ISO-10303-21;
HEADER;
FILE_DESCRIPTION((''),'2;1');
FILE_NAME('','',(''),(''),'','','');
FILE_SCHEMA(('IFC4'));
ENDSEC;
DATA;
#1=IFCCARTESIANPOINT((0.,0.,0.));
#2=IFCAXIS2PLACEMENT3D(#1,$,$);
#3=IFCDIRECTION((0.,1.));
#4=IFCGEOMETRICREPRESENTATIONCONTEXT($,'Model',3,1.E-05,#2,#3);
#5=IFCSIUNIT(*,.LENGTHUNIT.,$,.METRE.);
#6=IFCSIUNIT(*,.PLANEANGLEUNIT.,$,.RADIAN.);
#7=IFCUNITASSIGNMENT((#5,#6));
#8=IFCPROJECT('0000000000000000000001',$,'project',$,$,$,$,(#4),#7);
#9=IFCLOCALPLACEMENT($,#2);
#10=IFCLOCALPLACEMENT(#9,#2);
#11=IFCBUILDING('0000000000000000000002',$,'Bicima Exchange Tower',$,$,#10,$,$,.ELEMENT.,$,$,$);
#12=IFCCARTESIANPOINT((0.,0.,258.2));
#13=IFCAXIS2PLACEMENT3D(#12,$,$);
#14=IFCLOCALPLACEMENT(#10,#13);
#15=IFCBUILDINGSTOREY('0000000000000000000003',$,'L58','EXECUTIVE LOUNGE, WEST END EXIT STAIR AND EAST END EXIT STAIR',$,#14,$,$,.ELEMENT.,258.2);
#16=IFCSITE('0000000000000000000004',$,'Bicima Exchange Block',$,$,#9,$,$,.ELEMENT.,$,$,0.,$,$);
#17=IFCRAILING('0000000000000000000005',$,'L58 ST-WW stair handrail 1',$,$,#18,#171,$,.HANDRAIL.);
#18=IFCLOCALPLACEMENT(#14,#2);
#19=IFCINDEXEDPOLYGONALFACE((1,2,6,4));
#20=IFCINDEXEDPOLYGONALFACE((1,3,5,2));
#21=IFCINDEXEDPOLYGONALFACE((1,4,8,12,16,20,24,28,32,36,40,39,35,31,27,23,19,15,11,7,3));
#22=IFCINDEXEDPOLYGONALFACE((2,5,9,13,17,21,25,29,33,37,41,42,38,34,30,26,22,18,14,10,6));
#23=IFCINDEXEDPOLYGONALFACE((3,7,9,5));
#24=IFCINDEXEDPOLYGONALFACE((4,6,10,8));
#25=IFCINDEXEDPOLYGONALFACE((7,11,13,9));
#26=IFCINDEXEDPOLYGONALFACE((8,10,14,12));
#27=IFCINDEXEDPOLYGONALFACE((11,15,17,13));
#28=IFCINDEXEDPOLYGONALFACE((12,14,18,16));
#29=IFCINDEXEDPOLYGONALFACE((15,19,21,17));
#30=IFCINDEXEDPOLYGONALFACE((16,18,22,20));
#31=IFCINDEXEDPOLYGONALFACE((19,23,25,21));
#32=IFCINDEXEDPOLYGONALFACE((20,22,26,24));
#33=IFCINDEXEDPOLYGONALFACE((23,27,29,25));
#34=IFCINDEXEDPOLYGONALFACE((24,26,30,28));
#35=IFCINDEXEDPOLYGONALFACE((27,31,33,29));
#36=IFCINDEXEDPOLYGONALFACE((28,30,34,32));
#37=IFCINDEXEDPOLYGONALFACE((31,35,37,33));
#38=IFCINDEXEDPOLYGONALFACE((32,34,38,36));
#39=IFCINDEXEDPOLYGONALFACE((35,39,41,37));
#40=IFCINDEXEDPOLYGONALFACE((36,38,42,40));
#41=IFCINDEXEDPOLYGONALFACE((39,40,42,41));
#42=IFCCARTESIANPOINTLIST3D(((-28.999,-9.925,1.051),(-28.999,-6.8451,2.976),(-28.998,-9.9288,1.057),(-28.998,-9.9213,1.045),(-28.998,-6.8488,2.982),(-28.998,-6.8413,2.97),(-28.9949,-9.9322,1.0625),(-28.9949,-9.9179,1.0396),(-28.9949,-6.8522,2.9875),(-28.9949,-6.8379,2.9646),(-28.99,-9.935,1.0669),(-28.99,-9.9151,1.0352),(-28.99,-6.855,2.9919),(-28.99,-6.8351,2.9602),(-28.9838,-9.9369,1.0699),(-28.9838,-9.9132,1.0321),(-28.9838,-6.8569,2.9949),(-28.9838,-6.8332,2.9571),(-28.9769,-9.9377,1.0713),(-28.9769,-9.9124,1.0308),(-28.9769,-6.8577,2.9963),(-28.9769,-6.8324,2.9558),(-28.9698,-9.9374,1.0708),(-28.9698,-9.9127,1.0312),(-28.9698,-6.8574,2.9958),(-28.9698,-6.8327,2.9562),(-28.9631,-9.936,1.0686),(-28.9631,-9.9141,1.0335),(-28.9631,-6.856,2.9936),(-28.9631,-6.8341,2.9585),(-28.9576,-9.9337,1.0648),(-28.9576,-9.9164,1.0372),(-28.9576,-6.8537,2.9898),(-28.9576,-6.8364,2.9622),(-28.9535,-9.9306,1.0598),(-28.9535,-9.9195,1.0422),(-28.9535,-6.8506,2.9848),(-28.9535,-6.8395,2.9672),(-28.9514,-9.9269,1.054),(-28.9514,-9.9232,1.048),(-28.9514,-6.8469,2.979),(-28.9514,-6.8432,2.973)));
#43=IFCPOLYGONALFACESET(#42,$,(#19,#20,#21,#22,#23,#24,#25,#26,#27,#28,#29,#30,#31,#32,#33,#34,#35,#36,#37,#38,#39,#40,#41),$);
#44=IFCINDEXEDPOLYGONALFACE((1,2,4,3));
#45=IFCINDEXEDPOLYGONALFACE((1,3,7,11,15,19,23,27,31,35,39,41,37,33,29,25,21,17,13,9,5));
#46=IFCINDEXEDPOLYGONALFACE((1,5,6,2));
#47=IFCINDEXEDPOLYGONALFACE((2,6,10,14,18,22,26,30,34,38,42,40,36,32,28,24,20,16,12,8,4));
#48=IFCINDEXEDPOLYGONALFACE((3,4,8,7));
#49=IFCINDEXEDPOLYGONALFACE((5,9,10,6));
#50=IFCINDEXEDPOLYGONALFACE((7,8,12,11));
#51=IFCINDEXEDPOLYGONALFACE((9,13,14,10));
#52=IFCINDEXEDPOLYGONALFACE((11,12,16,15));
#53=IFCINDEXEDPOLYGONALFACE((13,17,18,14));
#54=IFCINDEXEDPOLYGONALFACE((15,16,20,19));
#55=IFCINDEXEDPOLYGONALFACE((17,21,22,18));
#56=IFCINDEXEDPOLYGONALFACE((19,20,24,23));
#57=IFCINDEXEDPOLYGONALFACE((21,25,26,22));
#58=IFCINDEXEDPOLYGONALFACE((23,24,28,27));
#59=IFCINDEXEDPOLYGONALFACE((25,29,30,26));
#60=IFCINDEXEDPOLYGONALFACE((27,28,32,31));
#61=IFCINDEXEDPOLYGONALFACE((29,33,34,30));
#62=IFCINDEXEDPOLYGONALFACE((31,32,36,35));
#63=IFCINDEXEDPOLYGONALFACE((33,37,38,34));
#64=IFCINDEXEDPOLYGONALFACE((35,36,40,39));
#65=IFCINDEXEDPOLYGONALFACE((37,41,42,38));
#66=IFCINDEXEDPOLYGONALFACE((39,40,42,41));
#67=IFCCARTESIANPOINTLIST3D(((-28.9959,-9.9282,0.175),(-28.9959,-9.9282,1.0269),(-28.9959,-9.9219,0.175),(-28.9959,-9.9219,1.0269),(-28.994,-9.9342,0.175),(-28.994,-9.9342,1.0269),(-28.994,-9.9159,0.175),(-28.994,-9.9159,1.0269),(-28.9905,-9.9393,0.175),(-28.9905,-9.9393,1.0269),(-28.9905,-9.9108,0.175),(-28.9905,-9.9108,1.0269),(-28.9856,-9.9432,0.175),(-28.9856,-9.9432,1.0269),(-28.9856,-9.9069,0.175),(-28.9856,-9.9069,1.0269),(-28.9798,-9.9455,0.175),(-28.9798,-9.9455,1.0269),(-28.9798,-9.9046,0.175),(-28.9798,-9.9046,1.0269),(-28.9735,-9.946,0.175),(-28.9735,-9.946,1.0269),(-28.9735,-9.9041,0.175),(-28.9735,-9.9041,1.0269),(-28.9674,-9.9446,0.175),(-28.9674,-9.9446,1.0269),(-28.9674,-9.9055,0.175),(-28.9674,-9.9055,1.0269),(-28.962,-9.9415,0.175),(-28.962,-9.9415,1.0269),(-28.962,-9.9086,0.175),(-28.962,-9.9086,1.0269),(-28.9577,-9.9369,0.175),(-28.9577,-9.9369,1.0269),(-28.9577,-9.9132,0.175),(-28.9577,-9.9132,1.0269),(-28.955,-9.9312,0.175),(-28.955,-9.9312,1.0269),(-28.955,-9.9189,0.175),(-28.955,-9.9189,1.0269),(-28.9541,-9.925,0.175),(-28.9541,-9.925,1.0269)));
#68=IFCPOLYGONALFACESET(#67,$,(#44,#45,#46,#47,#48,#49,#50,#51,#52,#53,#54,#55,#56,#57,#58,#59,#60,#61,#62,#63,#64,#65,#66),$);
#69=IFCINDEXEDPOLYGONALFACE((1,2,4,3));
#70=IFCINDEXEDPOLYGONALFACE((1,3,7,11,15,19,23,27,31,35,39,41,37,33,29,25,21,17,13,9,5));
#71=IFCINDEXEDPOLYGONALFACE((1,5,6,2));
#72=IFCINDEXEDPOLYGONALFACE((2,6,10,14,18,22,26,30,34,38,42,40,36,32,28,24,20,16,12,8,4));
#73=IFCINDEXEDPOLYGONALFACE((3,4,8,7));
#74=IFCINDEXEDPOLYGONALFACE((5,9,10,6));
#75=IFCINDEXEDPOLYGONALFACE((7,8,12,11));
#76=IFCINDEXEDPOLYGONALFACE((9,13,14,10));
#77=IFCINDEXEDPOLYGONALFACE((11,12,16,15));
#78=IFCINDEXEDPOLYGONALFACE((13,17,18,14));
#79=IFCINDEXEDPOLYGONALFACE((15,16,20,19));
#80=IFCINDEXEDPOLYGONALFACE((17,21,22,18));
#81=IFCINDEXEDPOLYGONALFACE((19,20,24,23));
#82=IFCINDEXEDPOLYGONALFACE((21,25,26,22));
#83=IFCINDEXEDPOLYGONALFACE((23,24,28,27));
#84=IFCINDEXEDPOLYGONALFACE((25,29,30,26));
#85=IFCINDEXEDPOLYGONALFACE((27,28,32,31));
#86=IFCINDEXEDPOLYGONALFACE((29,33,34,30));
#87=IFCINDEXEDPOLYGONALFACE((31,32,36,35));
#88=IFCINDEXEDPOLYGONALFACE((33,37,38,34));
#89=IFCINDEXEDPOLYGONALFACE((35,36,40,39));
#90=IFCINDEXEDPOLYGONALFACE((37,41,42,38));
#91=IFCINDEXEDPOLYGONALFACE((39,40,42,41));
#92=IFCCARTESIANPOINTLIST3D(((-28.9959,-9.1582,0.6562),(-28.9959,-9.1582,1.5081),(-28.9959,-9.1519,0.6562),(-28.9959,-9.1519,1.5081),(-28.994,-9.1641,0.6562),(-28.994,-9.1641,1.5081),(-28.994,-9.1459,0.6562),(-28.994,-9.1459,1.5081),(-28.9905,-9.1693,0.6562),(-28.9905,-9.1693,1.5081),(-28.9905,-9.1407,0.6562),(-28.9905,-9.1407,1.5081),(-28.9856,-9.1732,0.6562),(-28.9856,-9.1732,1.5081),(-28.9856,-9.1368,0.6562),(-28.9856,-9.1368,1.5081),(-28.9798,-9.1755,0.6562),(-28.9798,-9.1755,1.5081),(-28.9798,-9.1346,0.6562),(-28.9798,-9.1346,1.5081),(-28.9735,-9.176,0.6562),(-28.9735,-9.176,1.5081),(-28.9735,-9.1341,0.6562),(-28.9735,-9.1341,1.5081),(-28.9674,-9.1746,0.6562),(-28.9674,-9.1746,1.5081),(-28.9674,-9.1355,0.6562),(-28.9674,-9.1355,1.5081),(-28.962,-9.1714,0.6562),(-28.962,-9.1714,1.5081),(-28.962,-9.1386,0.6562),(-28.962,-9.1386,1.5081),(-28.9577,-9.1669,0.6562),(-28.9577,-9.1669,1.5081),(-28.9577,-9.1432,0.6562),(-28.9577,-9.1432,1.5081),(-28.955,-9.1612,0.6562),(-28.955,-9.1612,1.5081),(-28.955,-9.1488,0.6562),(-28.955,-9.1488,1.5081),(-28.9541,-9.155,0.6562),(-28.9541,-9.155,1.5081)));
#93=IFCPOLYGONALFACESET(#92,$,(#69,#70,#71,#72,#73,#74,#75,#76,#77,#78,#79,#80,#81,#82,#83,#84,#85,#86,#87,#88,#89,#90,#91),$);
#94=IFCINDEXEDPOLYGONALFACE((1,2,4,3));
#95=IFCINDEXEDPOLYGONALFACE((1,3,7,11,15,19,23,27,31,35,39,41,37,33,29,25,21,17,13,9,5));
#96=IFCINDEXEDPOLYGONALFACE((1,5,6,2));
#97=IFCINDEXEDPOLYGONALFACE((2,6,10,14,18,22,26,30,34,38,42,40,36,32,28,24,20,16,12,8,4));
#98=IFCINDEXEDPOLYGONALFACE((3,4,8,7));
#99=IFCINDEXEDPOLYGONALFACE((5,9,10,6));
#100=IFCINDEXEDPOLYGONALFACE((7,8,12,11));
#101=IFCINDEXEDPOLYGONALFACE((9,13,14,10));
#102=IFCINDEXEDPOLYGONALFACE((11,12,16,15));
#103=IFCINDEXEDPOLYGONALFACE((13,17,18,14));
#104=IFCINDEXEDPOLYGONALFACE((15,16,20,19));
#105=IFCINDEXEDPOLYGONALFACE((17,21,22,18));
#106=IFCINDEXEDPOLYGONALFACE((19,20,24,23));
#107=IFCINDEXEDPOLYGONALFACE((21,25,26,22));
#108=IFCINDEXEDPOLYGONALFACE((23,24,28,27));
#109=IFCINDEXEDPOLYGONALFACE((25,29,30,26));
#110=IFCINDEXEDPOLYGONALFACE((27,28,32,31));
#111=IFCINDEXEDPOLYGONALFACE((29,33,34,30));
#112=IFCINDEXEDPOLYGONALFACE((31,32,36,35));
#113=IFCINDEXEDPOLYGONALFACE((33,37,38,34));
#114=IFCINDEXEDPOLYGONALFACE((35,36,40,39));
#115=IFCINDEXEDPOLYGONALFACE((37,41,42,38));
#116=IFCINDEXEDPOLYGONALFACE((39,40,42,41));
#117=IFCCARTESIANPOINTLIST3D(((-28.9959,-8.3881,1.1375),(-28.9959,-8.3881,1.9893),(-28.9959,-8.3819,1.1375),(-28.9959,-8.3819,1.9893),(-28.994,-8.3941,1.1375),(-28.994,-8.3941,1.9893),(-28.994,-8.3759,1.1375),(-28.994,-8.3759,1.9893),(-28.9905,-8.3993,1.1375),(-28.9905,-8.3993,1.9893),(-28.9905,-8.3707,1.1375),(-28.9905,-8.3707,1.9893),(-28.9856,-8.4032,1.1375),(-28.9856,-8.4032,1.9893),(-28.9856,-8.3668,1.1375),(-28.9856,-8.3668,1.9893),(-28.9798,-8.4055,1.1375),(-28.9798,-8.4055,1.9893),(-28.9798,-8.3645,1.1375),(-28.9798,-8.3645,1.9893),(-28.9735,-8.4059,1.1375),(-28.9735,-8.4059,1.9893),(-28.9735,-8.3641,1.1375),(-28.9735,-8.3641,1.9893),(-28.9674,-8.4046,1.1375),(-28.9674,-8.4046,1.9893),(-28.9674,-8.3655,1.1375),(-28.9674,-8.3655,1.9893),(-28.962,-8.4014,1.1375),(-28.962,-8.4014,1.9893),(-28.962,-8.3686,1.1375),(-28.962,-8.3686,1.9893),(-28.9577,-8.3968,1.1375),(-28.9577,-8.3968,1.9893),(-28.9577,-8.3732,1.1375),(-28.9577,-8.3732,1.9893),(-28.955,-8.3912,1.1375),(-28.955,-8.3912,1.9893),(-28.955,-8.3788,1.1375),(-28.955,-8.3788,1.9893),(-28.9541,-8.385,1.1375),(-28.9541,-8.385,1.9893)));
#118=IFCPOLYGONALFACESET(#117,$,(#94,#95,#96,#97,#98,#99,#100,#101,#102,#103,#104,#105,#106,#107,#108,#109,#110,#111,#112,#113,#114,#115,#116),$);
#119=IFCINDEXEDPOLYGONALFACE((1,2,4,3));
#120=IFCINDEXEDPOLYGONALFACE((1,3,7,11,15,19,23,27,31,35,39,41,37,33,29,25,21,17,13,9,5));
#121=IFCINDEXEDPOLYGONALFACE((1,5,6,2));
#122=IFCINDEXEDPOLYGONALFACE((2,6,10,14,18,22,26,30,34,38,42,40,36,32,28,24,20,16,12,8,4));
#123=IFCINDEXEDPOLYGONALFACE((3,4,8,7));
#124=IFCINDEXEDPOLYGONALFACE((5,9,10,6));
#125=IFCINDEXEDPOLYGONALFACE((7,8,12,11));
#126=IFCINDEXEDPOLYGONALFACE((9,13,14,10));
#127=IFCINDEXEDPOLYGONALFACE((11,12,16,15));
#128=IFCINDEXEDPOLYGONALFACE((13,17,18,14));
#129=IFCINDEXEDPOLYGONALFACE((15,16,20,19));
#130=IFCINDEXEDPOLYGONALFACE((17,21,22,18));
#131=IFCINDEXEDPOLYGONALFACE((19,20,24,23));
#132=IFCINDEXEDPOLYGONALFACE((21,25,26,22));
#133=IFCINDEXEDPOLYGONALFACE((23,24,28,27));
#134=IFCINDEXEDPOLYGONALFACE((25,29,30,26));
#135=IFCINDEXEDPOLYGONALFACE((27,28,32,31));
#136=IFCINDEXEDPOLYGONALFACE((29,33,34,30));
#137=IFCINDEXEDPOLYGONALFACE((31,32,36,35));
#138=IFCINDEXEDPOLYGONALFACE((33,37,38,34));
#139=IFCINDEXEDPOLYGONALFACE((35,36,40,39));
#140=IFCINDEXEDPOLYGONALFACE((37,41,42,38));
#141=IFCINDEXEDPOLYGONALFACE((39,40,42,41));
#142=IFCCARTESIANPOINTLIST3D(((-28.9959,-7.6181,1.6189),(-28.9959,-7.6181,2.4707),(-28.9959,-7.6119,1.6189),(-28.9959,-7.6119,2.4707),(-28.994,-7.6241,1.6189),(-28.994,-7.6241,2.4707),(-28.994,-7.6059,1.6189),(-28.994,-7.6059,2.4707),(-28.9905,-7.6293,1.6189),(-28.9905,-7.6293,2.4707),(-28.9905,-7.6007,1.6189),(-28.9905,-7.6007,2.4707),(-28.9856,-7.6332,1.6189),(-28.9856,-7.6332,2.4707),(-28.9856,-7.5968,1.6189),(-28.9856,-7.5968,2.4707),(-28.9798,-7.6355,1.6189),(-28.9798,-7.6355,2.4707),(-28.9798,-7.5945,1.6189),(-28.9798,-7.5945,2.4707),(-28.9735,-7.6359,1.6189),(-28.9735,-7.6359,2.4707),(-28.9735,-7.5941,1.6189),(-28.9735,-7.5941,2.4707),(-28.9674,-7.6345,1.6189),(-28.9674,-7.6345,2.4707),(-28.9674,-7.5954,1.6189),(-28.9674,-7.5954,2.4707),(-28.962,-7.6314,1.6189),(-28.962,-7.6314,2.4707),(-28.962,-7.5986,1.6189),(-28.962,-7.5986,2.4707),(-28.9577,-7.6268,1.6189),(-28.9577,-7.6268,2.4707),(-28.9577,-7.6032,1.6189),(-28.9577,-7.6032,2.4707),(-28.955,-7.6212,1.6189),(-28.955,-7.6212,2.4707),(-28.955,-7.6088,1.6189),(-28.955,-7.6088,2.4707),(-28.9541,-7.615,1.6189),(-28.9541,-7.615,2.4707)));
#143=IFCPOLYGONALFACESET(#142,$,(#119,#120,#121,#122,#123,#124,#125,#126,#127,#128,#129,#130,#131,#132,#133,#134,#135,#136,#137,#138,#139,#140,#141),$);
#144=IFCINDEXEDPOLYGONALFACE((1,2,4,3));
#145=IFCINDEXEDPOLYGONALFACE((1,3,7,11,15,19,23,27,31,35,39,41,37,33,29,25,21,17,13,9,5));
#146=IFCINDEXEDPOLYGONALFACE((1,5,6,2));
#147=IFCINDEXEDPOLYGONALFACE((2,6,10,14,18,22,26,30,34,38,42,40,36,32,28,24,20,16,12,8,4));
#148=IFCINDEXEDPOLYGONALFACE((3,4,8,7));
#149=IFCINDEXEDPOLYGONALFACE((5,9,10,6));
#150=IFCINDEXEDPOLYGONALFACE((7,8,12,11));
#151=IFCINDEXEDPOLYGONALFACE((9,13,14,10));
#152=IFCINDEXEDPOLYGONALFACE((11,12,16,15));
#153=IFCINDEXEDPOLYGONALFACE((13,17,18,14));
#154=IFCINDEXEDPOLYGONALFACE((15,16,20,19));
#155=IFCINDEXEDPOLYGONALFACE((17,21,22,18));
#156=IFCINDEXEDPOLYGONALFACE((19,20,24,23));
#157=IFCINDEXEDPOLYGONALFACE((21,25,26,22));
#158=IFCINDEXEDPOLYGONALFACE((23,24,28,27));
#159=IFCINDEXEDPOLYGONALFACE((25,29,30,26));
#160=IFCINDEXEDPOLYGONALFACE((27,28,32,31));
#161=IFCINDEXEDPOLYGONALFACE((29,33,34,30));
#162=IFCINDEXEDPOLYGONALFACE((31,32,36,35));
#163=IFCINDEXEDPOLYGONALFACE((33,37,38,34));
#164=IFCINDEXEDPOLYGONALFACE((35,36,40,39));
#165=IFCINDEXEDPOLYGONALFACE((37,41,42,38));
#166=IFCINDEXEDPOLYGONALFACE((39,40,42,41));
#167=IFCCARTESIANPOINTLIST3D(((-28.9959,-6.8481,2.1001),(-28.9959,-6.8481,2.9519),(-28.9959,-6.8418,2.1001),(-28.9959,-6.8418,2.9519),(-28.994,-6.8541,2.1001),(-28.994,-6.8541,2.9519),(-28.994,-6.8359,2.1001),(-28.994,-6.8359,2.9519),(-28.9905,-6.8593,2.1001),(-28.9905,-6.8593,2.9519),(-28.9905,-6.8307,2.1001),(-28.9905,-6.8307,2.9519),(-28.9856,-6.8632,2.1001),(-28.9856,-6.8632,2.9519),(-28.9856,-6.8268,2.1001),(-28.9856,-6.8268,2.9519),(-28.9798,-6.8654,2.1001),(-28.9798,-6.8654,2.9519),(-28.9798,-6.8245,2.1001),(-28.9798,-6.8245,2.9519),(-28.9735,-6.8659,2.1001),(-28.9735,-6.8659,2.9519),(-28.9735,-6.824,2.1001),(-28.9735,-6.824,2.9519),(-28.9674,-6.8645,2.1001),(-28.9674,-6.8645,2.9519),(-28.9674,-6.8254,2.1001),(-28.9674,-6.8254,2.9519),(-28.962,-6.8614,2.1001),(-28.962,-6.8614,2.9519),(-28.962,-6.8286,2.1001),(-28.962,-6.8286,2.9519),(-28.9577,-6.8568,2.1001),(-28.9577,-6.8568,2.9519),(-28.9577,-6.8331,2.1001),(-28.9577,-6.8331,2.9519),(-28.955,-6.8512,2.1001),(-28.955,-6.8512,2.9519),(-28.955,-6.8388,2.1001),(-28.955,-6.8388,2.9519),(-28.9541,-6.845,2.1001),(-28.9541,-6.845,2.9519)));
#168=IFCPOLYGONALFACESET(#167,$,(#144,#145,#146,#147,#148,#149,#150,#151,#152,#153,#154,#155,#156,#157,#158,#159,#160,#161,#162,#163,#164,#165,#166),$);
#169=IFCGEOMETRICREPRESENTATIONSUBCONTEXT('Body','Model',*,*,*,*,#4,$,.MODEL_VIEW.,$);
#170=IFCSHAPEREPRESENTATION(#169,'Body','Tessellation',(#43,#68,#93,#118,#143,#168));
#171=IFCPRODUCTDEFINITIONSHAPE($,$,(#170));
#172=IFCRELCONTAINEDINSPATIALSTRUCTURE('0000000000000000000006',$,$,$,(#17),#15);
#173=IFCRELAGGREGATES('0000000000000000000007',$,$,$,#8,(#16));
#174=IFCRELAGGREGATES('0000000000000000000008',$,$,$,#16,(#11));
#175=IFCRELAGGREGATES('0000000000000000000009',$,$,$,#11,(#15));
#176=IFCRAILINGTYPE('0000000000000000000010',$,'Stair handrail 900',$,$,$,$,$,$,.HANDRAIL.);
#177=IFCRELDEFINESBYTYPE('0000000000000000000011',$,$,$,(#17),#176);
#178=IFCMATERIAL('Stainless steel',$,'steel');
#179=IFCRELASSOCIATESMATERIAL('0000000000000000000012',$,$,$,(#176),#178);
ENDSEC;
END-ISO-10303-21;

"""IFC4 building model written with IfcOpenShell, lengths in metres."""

from ifc_helpers import new_model, si_unit, direction, frame, origin, origin_2d, place, context, subcontext, project, spatial, circle, extrude, material, type_object, element, save


model = new_model("IFC4")

# Units and contexts
model_context = context("Model", 3, precision=1e-05, world=origin(), true_north=direction((0.0, 1.0)))
body_context = subcontext(model_context, "Body", "Model", "MODEL_VIEW")
ifc_project = project(units=[si_unit("LENGTHUNIT", "METRE"), si_unit("PLANEANGLEUNIT", "RADIAN")], contexts=[model_context])

# Site, building, storey
site_placement = place(None, origin())
site = spatial("IfcSite", under=ifc_project, at=site_placement, Name="Bicima Exchange Block", CompositionType="ELEMENT", RefElevation=0.0)
building_placement = place(site_placement, origin())
building = spatial("IfcBuilding", under=site, at=building_placement, Name="Bicima Exchange Tower", CompositionType="ELEMENT")
storey_placement = place(building_placement, frame((0.0, 0.0, 258.2)))
storey = spatial("IfcBuildingStorey", under=building, at=storey_placement, Name="L58", Description="EXECUTIVE LOUNGE, WEST END EXIT STAIR AND EAST END EXIT STAIR", CompositionType="ELEMENT", Elevation=258.2)

# Railing
ifc_material_1 = material(Name="Stainless steel", Category="steel")
railing_type_1 = type_object("IfcRailingType", Name="Stair handrail 900", PredefinedType="HANDRAIL", material=ifc_material_1)
railing_1_placement = place(storey_placement, frame((-28.9751, -9.925, 0.175)))
element("IfcRailing", 1, at=railing_1_placement, inside=storey, type_object=railing_type_1, Name="L58 ST-WW stair handrail 1", PredefinedType="HANDRAIL", context=body_context, shape_type="SweptSolid", body=[
    extrude(circle(Radius=0.0239, at=origin_2d()), frame((0.0, 0.0, 0.876), z_axis=(0.0, 0.847998, 0.529999), x_axis=(-1.0, 0.0, 0.0)), (0.0, 0.0, 1.0), 3.6321),
    extrude(circle(Radius=0.021, at=origin_2d()), origin(), (0.0, 0.0, 1.0), 0.8518),
    extrude(circle(Radius=0.021, at=origin_2d()), frame((0.0, 0.77, 0.4812)), (0.0, 0.0, 1.0), 0.8518),
    extrude(circle(Radius=0.021, at=origin_2d()), frame((0.0, 1.54, 0.9624)), (0.0, 0.0, 1.0), 0.8518),
    extrude(circle(Radius=0.021, at=origin_2d()), frame((0.0, 2.3101, 1.4438)), (0.0, 0.0, 1.0), 0.8518),
    extrude(circle(Radius=0.021, at=origin_2d()), frame((0.0, 3.0801, 1.925)), (0.0, 0.0, 1.0), 0.8518),
])

save(model, "model.ifc")
